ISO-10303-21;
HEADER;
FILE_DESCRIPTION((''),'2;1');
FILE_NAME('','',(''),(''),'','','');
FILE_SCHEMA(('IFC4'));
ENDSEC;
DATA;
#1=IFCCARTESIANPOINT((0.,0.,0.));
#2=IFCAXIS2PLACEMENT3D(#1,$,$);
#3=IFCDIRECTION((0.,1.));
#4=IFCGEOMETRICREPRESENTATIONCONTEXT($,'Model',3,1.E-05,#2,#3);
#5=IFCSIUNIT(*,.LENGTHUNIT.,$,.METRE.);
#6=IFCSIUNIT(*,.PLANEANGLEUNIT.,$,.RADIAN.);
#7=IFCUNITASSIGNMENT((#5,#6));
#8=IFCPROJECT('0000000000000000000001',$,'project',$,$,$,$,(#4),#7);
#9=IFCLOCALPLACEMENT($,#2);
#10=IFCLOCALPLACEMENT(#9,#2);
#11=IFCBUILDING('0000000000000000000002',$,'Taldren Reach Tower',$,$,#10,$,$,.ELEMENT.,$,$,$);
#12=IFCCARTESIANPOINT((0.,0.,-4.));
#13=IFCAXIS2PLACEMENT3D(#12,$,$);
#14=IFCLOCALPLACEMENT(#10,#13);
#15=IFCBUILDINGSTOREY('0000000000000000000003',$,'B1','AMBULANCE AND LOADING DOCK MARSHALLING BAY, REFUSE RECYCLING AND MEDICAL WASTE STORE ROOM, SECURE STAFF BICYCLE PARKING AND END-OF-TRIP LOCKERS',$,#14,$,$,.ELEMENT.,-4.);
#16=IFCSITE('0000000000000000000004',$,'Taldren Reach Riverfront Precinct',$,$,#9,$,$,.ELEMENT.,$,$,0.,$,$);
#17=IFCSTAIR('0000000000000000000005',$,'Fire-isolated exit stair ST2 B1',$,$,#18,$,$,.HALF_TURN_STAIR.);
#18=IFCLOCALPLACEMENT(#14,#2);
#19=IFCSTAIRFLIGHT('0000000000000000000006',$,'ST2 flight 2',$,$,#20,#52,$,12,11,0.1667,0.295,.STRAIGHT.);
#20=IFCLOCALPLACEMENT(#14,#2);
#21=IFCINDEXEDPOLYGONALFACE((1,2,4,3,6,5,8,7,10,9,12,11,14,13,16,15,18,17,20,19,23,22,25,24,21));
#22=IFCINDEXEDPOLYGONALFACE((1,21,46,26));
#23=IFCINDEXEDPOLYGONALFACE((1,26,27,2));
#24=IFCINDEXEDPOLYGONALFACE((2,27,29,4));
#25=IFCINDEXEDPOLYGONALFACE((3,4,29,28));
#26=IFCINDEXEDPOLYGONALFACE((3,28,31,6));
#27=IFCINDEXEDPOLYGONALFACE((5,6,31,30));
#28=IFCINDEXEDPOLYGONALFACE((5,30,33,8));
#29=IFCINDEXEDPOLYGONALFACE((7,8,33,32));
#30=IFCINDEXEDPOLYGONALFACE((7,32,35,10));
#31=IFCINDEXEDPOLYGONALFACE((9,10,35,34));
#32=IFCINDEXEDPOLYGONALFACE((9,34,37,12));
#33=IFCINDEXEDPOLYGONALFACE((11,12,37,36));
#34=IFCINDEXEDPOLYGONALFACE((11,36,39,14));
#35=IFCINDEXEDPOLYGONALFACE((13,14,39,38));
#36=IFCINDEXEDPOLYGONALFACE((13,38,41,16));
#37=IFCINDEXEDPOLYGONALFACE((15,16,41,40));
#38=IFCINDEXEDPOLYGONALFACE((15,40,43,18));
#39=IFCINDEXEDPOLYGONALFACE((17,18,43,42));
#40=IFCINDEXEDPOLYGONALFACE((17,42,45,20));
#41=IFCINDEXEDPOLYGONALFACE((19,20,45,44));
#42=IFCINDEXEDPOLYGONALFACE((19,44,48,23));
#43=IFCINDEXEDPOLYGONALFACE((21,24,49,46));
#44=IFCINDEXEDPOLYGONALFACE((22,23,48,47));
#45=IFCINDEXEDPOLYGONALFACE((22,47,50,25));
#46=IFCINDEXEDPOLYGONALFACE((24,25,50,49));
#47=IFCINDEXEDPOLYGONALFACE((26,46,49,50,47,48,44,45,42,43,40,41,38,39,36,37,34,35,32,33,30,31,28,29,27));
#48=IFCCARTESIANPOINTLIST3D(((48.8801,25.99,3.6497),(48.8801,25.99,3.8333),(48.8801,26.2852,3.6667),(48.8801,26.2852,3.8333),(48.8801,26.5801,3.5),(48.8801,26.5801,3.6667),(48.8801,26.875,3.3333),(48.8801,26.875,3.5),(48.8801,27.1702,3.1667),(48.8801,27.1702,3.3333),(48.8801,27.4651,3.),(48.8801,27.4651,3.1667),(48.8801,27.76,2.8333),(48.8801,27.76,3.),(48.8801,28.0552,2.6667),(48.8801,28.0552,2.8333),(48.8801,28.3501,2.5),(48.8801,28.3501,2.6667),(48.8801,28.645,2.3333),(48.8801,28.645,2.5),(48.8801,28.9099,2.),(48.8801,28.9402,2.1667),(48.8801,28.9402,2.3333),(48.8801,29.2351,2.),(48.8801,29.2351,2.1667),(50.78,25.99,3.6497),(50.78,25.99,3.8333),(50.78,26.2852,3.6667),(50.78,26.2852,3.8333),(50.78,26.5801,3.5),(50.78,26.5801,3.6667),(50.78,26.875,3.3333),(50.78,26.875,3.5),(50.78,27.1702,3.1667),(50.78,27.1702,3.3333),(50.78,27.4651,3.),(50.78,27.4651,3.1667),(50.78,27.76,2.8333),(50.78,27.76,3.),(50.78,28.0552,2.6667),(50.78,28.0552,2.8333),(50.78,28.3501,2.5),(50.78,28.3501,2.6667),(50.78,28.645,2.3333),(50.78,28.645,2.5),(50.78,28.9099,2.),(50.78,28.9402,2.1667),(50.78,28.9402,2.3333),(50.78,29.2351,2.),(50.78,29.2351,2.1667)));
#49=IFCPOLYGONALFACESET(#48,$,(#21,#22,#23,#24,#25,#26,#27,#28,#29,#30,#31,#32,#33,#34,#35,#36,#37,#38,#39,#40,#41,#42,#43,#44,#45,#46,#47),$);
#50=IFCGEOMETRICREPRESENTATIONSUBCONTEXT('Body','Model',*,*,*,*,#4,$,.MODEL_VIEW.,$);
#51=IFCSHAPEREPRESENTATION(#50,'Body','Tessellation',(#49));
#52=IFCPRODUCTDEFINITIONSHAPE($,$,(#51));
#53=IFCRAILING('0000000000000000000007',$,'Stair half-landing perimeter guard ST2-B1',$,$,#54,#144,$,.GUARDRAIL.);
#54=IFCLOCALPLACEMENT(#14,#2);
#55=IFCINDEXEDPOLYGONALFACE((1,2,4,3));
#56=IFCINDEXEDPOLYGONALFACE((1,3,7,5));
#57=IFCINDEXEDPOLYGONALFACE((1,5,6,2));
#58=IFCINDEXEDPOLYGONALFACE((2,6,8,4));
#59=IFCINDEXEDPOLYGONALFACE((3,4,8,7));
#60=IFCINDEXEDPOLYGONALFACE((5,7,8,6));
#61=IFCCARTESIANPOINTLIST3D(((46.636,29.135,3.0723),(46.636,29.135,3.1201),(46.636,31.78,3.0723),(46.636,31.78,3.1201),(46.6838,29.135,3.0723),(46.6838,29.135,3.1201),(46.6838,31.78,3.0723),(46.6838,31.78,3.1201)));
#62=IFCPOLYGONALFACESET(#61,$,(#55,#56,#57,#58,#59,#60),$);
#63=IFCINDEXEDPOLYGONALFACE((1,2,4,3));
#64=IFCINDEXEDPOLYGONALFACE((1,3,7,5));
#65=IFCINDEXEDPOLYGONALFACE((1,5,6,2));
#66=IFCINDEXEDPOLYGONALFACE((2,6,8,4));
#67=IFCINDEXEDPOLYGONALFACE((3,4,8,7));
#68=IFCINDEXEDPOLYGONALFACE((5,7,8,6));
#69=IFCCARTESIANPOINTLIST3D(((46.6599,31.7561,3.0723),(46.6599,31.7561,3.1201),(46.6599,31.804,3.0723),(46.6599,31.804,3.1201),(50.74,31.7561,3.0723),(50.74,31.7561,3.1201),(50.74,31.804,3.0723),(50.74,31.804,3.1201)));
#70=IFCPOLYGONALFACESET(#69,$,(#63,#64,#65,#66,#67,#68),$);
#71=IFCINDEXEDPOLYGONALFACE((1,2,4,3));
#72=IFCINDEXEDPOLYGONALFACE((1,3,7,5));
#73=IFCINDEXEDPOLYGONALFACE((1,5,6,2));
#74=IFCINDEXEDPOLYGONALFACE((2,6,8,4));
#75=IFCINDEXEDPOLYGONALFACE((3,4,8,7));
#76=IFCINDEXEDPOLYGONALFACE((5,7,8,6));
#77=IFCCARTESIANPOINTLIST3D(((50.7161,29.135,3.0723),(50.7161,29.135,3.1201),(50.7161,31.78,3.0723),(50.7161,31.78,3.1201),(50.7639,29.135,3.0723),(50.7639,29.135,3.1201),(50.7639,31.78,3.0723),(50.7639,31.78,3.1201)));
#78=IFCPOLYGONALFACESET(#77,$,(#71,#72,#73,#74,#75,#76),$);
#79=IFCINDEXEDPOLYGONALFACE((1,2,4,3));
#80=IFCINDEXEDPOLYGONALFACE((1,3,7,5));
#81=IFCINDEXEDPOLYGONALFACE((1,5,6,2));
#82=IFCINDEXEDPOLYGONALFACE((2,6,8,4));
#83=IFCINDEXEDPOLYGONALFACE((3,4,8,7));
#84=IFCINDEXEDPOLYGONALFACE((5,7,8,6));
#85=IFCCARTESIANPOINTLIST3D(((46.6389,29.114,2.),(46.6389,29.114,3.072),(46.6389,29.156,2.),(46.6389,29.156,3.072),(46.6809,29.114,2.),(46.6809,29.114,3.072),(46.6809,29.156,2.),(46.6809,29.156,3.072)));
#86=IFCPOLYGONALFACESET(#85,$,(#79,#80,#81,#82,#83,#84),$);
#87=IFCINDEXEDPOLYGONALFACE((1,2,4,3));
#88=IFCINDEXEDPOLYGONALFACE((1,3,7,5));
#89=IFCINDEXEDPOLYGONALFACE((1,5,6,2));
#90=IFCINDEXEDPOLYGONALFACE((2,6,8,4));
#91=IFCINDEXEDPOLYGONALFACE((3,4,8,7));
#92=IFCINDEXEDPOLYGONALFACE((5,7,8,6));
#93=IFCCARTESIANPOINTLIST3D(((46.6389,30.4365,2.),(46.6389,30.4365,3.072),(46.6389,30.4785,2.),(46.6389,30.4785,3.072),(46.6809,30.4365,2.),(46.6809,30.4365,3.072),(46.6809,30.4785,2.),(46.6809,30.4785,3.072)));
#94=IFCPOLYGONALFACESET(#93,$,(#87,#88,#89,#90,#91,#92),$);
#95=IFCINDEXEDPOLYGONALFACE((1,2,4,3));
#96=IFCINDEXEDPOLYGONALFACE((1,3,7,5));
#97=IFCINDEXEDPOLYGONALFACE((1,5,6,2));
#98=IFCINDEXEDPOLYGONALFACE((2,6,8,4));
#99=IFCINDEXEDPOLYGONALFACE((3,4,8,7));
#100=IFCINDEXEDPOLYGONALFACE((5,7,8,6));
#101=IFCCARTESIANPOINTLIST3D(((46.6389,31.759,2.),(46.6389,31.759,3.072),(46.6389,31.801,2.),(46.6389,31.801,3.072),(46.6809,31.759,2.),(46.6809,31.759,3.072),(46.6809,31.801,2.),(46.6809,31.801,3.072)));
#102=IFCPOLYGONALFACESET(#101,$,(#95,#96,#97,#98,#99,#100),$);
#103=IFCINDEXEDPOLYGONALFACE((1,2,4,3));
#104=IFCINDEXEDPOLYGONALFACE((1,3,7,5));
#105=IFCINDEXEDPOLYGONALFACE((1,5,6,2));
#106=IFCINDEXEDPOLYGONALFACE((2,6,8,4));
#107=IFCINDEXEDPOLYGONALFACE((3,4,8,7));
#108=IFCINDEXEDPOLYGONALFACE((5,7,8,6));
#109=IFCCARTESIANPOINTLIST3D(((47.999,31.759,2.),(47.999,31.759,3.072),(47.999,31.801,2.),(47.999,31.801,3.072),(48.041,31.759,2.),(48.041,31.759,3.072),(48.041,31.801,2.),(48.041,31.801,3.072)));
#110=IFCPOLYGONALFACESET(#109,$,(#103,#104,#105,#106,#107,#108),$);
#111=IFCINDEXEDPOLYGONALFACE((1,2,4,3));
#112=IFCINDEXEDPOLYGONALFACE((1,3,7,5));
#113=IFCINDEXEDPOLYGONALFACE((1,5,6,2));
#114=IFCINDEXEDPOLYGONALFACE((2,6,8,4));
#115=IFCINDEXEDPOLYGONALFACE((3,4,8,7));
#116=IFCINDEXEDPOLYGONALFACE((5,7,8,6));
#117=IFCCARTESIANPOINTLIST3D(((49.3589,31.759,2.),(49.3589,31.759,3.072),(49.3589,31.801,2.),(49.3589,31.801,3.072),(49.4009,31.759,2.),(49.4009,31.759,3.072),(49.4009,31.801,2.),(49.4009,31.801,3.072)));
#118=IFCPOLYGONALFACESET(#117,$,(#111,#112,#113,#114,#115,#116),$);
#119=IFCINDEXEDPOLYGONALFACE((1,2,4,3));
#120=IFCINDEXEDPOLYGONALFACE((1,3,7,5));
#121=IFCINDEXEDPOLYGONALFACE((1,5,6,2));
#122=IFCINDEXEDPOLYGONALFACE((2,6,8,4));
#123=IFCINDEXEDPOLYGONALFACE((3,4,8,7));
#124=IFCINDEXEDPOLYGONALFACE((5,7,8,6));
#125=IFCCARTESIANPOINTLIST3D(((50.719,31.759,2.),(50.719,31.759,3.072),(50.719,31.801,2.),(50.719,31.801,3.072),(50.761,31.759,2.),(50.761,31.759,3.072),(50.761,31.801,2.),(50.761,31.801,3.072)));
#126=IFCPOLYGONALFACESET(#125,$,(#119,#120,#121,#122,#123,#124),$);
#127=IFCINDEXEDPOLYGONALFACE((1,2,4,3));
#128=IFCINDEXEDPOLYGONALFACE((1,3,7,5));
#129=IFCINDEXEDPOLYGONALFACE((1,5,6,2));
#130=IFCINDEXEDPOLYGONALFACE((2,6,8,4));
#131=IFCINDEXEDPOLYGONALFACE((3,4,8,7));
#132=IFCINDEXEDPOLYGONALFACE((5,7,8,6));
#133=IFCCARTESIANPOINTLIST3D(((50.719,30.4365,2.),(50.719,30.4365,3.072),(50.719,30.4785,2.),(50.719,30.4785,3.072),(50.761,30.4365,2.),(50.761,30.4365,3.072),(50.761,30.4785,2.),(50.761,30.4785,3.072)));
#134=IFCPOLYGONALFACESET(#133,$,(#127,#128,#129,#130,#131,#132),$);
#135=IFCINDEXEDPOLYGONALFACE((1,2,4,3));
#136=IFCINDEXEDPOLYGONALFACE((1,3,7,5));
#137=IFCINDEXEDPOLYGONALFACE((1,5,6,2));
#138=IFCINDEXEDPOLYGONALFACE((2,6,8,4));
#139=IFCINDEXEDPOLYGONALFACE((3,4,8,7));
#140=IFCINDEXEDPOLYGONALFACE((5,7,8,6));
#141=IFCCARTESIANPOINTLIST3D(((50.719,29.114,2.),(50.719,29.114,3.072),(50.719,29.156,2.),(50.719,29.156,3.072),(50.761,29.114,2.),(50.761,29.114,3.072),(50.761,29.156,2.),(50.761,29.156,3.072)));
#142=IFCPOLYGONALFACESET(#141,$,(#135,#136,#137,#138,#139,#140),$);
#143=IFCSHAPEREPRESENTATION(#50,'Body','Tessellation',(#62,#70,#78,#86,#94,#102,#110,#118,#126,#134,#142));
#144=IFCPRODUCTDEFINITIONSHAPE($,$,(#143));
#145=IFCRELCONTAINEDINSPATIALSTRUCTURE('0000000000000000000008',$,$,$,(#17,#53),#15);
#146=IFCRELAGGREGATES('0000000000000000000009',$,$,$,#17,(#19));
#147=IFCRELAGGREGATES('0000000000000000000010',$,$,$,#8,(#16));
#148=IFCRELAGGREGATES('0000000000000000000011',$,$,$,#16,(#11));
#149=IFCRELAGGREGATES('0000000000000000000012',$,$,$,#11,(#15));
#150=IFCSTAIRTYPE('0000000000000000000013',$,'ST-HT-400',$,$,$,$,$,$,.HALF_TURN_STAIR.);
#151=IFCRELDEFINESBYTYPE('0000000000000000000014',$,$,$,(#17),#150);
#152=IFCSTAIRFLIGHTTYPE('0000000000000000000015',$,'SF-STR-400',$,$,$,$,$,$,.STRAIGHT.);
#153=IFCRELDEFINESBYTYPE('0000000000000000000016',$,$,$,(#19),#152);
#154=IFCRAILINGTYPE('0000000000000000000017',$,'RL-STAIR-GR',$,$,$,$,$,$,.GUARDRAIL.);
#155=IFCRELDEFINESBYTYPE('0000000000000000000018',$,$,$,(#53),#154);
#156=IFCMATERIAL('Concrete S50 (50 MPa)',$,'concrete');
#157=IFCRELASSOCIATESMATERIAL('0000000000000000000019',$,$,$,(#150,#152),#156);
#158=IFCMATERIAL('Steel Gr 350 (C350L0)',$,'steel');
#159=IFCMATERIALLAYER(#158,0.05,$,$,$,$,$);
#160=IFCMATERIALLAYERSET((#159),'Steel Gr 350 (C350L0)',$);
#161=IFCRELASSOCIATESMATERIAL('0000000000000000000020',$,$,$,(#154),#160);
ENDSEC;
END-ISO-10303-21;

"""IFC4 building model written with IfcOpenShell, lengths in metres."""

from ifc_helpers import new_model, si_unit, direction, frame, origin, origin_2d, place, context, subcontext, project, spatial, polyline, rectangle, outline, extrude, material, layer, layer_set, type_object, element, aggregate, save


model = new_model("IFC4")

# Units and contexts
model_context = context("Model", 3, precision=1e-05, world=origin(), true_north=direction((0.0, 1.0)))
body_context = subcontext(model_context, "Body", "Model", "MODEL_VIEW")
ifc_project = project(units=[si_unit("LENGTHUNIT", "METRE"), si_unit("PLANEANGLEUNIT", "RADIAN")], contexts=[model_context])

# Site, building, storey
site_placement = place(None, origin())
site = spatial("IfcSite", under=ifc_project, at=site_placement, Name="Taldren Reach Riverfront Precinct", CompositionType="ELEMENT", RefElevation=0.0)
building_placement = place(site_placement, origin())
building = spatial("IfcBuilding", under=site, at=building_placement, Name="Taldren Reach Tower", CompositionType="ELEMENT")
storey_placement = place(building_placement, frame((0.0, 0.0, -4.0)))
storey = spatial("IfcBuildingStorey", under=building, at=storey_placement, Name="B1", Description="AMBULANCE AND LOADING DOCK MARSHALLING BAY, REFUSE RECYCLING AND MEDICAL WASTE STORE ROOM, SECURE STAFF BICYCLE PARKING AND END-OF-TRIP LOCKERS", CompositionType="ELEMENT", Elevation=-4.0)

# Shared definitions
ifc_material_1 = material(Name="Concrete S50 (50 MPa)", Category="concrete")

# Stair, stair flight
stair_type = type_object("IfcStairType", Name="ST-HT-400", PredefinedType="HALF_TURN_STAIR", material=ifc_material_1)
stair_placement = place(storey_placement, origin())
stair = element("IfcStair", 1, at=stair_placement, inside=storey, type_object=stair_type, Name="Fire-isolated exit stair ST2 B1", PredefinedType="HALF_TURN_STAIR")
stair_flight_type = type_object("IfcStairFlightType", Name="SF-STR-400", PredefinedType="STRAIGHT", material=ifc_material_1)
stair_flight_1_placement = place(storey_placement, frame((49.8301, 29.2351, 2.0), z_axis=(0.0, 0.0, 1.0), x_axis=(0.0, -1.0, 0.0)))
stair_flight_1 = element("IfcStairFlight", 2, at=stair_flight_1_placement, type_object=stair_flight_type, Name="ST2 flight 2", NumberOfRisers=12, NumberOfTreads=11, PredefinedType="STRAIGHT", RiserHeight=0.1667, TreadLength=0.295, context=body_context, shape_type="SweptSolid", body=[
    extrude(outline(polyline([(0.0, 0.0), (0.0, 0.1667), (0.2949, 0.1667), (0.2949, 0.3333), (0.5901, 0.3333), (0.5901, 0.5), (0.885, 0.5), (0.885, 0.6667), (1.1799, 0.6667), (1.1799, 0.8333), (1.4751, 0.8333), (1.4751, 1.0), (1.77, 1.0), (1.77, 1.1667), (2.0649, 1.1667), (2.0649, 1.3333), (2.3601, 1.3333), (2.3601, 1.5), (2.655, 1.5), (2.655, 1.6667), (2.95, 1.6667), (2.95, 1.8333), (3.2451, 1.8333), (3.2451, 2.0), (3.2451, 1.6497), (0.3252, 0.0), (0.0, 0.0)])), frame((0.0, 0.95, 0.0), z_axis=(0.0, -1.0, 0.0), x_axis=(1.0, 0.0, 0.0)), (0.0, 0.0, 1.0), 1.8999),
])
aggregate(stair, [stair_flight_1])

# Railing
ifc_material_2 = material(Name="Steel Gr 350 (C350L0)", Category="steel")
ifc_layer_1 = layer(ifc_material_2, 0.05)
ifc_layer_set_1 = layer_set([ifc_layer_1], Name="Steel Gr 350 (C350L0)")
railing_type_1 = type_object("IfcRailingType", Name="RL-STAIR-GR", PredefinedType="GUARDRAIL", material=ifc_layer_set_1)
railing_1_placement = place(storey_placement, frame((46.6599, 29.135, 2.0)))
element("IfcRailing", 3, at=railing_1_placement, inside=storey, type_object=railing_type_1, Name="Stair half-landing perimeter guard ST2-B1", PredefinedType="GUARDRAIL", context=body_context, shape_type="SweptSolid", body=[
    extrude(rectangle(XDim=0.0479, YDim=0.0479, at=origin_2d()), frame((0.0, 0.0, 1.0962), z_axis=(0.0, 1.0, 0.0), x_axis=(-1.0, 0.0, 0.0)), (0.0, 0.0, 1.0), 2.645),
    extrude(rectangle(XDim=0.0479, YDim=0.0479, at=origin_2d()), frame((0.0, 2.645, 1.0962), z_axis=(1.0, 0.0, 0.0), x_axis=(0.0, 1.0, 0.0)), (0.0, 0.0, 1.0), 4.0801),
    extrude(rectangle(XDim=0.0479, YDim=0.0479, at=origin_2d()), frame((4.0801, 2.645, 1.0962), z_axis=(0.0, -1.0, 0.0), x_axis=(1.0, 0.0, 0.0)), (0.0, 0.0, 1.0), 2.645),
    extrude(rectangle(XDim=0.042, YDim=0.042, at=origin_2d()), origin(), (0.0, 0.0, 1.0), 1.072),
    extrude(rectangle(XDim=0.042, YDim=0.042, at=origin_2d()), frame((0.0, 1.3225, 0.0)), (0.0, 0.0, 1.0), 1.072),
    extrude(rectangle(XDim=0.042, YDim=0.042, at=origin_2d()), frame((0.0, 2.645, 0.0)), (0.0, 0.0, 1.0), 1.072),
    extrude(rectangle(XDim=0.042, YDim=0.042, at=origin_2d()), frame((1.3601, 2.645, 0.0)), (0.0, 0.0, 1.0), 1.072),
    extrude(rectangle(XDim=0.042, YDim=0.042, at=origin_2d()), frame((2.72, 2.645, 0.0)), (0.0, 0.0, 1.0), 1.072),
    extrude(rectangle(XDim=0.042, YDim=0.042, at=origin_2d()), frame((4.0801, 2.645, 0.0)), (0.0, 0.0, 1.0), 1.072),
    extrude(rectangle(XDim=0.042, YDim=0.042, at=origin_2d()), frame((4.0801, 1.3225, 0.0)), (0.0, 0.0, 1.0), 1.072),
    extrude(rectangle(XDim=0.042, YDim=0.042, at=origin_2d()), frame((4.0801, 0.0, 0.0)), (0.0, 0.0, 1.0), 1.072),
])

save(model, "model.ifc")
